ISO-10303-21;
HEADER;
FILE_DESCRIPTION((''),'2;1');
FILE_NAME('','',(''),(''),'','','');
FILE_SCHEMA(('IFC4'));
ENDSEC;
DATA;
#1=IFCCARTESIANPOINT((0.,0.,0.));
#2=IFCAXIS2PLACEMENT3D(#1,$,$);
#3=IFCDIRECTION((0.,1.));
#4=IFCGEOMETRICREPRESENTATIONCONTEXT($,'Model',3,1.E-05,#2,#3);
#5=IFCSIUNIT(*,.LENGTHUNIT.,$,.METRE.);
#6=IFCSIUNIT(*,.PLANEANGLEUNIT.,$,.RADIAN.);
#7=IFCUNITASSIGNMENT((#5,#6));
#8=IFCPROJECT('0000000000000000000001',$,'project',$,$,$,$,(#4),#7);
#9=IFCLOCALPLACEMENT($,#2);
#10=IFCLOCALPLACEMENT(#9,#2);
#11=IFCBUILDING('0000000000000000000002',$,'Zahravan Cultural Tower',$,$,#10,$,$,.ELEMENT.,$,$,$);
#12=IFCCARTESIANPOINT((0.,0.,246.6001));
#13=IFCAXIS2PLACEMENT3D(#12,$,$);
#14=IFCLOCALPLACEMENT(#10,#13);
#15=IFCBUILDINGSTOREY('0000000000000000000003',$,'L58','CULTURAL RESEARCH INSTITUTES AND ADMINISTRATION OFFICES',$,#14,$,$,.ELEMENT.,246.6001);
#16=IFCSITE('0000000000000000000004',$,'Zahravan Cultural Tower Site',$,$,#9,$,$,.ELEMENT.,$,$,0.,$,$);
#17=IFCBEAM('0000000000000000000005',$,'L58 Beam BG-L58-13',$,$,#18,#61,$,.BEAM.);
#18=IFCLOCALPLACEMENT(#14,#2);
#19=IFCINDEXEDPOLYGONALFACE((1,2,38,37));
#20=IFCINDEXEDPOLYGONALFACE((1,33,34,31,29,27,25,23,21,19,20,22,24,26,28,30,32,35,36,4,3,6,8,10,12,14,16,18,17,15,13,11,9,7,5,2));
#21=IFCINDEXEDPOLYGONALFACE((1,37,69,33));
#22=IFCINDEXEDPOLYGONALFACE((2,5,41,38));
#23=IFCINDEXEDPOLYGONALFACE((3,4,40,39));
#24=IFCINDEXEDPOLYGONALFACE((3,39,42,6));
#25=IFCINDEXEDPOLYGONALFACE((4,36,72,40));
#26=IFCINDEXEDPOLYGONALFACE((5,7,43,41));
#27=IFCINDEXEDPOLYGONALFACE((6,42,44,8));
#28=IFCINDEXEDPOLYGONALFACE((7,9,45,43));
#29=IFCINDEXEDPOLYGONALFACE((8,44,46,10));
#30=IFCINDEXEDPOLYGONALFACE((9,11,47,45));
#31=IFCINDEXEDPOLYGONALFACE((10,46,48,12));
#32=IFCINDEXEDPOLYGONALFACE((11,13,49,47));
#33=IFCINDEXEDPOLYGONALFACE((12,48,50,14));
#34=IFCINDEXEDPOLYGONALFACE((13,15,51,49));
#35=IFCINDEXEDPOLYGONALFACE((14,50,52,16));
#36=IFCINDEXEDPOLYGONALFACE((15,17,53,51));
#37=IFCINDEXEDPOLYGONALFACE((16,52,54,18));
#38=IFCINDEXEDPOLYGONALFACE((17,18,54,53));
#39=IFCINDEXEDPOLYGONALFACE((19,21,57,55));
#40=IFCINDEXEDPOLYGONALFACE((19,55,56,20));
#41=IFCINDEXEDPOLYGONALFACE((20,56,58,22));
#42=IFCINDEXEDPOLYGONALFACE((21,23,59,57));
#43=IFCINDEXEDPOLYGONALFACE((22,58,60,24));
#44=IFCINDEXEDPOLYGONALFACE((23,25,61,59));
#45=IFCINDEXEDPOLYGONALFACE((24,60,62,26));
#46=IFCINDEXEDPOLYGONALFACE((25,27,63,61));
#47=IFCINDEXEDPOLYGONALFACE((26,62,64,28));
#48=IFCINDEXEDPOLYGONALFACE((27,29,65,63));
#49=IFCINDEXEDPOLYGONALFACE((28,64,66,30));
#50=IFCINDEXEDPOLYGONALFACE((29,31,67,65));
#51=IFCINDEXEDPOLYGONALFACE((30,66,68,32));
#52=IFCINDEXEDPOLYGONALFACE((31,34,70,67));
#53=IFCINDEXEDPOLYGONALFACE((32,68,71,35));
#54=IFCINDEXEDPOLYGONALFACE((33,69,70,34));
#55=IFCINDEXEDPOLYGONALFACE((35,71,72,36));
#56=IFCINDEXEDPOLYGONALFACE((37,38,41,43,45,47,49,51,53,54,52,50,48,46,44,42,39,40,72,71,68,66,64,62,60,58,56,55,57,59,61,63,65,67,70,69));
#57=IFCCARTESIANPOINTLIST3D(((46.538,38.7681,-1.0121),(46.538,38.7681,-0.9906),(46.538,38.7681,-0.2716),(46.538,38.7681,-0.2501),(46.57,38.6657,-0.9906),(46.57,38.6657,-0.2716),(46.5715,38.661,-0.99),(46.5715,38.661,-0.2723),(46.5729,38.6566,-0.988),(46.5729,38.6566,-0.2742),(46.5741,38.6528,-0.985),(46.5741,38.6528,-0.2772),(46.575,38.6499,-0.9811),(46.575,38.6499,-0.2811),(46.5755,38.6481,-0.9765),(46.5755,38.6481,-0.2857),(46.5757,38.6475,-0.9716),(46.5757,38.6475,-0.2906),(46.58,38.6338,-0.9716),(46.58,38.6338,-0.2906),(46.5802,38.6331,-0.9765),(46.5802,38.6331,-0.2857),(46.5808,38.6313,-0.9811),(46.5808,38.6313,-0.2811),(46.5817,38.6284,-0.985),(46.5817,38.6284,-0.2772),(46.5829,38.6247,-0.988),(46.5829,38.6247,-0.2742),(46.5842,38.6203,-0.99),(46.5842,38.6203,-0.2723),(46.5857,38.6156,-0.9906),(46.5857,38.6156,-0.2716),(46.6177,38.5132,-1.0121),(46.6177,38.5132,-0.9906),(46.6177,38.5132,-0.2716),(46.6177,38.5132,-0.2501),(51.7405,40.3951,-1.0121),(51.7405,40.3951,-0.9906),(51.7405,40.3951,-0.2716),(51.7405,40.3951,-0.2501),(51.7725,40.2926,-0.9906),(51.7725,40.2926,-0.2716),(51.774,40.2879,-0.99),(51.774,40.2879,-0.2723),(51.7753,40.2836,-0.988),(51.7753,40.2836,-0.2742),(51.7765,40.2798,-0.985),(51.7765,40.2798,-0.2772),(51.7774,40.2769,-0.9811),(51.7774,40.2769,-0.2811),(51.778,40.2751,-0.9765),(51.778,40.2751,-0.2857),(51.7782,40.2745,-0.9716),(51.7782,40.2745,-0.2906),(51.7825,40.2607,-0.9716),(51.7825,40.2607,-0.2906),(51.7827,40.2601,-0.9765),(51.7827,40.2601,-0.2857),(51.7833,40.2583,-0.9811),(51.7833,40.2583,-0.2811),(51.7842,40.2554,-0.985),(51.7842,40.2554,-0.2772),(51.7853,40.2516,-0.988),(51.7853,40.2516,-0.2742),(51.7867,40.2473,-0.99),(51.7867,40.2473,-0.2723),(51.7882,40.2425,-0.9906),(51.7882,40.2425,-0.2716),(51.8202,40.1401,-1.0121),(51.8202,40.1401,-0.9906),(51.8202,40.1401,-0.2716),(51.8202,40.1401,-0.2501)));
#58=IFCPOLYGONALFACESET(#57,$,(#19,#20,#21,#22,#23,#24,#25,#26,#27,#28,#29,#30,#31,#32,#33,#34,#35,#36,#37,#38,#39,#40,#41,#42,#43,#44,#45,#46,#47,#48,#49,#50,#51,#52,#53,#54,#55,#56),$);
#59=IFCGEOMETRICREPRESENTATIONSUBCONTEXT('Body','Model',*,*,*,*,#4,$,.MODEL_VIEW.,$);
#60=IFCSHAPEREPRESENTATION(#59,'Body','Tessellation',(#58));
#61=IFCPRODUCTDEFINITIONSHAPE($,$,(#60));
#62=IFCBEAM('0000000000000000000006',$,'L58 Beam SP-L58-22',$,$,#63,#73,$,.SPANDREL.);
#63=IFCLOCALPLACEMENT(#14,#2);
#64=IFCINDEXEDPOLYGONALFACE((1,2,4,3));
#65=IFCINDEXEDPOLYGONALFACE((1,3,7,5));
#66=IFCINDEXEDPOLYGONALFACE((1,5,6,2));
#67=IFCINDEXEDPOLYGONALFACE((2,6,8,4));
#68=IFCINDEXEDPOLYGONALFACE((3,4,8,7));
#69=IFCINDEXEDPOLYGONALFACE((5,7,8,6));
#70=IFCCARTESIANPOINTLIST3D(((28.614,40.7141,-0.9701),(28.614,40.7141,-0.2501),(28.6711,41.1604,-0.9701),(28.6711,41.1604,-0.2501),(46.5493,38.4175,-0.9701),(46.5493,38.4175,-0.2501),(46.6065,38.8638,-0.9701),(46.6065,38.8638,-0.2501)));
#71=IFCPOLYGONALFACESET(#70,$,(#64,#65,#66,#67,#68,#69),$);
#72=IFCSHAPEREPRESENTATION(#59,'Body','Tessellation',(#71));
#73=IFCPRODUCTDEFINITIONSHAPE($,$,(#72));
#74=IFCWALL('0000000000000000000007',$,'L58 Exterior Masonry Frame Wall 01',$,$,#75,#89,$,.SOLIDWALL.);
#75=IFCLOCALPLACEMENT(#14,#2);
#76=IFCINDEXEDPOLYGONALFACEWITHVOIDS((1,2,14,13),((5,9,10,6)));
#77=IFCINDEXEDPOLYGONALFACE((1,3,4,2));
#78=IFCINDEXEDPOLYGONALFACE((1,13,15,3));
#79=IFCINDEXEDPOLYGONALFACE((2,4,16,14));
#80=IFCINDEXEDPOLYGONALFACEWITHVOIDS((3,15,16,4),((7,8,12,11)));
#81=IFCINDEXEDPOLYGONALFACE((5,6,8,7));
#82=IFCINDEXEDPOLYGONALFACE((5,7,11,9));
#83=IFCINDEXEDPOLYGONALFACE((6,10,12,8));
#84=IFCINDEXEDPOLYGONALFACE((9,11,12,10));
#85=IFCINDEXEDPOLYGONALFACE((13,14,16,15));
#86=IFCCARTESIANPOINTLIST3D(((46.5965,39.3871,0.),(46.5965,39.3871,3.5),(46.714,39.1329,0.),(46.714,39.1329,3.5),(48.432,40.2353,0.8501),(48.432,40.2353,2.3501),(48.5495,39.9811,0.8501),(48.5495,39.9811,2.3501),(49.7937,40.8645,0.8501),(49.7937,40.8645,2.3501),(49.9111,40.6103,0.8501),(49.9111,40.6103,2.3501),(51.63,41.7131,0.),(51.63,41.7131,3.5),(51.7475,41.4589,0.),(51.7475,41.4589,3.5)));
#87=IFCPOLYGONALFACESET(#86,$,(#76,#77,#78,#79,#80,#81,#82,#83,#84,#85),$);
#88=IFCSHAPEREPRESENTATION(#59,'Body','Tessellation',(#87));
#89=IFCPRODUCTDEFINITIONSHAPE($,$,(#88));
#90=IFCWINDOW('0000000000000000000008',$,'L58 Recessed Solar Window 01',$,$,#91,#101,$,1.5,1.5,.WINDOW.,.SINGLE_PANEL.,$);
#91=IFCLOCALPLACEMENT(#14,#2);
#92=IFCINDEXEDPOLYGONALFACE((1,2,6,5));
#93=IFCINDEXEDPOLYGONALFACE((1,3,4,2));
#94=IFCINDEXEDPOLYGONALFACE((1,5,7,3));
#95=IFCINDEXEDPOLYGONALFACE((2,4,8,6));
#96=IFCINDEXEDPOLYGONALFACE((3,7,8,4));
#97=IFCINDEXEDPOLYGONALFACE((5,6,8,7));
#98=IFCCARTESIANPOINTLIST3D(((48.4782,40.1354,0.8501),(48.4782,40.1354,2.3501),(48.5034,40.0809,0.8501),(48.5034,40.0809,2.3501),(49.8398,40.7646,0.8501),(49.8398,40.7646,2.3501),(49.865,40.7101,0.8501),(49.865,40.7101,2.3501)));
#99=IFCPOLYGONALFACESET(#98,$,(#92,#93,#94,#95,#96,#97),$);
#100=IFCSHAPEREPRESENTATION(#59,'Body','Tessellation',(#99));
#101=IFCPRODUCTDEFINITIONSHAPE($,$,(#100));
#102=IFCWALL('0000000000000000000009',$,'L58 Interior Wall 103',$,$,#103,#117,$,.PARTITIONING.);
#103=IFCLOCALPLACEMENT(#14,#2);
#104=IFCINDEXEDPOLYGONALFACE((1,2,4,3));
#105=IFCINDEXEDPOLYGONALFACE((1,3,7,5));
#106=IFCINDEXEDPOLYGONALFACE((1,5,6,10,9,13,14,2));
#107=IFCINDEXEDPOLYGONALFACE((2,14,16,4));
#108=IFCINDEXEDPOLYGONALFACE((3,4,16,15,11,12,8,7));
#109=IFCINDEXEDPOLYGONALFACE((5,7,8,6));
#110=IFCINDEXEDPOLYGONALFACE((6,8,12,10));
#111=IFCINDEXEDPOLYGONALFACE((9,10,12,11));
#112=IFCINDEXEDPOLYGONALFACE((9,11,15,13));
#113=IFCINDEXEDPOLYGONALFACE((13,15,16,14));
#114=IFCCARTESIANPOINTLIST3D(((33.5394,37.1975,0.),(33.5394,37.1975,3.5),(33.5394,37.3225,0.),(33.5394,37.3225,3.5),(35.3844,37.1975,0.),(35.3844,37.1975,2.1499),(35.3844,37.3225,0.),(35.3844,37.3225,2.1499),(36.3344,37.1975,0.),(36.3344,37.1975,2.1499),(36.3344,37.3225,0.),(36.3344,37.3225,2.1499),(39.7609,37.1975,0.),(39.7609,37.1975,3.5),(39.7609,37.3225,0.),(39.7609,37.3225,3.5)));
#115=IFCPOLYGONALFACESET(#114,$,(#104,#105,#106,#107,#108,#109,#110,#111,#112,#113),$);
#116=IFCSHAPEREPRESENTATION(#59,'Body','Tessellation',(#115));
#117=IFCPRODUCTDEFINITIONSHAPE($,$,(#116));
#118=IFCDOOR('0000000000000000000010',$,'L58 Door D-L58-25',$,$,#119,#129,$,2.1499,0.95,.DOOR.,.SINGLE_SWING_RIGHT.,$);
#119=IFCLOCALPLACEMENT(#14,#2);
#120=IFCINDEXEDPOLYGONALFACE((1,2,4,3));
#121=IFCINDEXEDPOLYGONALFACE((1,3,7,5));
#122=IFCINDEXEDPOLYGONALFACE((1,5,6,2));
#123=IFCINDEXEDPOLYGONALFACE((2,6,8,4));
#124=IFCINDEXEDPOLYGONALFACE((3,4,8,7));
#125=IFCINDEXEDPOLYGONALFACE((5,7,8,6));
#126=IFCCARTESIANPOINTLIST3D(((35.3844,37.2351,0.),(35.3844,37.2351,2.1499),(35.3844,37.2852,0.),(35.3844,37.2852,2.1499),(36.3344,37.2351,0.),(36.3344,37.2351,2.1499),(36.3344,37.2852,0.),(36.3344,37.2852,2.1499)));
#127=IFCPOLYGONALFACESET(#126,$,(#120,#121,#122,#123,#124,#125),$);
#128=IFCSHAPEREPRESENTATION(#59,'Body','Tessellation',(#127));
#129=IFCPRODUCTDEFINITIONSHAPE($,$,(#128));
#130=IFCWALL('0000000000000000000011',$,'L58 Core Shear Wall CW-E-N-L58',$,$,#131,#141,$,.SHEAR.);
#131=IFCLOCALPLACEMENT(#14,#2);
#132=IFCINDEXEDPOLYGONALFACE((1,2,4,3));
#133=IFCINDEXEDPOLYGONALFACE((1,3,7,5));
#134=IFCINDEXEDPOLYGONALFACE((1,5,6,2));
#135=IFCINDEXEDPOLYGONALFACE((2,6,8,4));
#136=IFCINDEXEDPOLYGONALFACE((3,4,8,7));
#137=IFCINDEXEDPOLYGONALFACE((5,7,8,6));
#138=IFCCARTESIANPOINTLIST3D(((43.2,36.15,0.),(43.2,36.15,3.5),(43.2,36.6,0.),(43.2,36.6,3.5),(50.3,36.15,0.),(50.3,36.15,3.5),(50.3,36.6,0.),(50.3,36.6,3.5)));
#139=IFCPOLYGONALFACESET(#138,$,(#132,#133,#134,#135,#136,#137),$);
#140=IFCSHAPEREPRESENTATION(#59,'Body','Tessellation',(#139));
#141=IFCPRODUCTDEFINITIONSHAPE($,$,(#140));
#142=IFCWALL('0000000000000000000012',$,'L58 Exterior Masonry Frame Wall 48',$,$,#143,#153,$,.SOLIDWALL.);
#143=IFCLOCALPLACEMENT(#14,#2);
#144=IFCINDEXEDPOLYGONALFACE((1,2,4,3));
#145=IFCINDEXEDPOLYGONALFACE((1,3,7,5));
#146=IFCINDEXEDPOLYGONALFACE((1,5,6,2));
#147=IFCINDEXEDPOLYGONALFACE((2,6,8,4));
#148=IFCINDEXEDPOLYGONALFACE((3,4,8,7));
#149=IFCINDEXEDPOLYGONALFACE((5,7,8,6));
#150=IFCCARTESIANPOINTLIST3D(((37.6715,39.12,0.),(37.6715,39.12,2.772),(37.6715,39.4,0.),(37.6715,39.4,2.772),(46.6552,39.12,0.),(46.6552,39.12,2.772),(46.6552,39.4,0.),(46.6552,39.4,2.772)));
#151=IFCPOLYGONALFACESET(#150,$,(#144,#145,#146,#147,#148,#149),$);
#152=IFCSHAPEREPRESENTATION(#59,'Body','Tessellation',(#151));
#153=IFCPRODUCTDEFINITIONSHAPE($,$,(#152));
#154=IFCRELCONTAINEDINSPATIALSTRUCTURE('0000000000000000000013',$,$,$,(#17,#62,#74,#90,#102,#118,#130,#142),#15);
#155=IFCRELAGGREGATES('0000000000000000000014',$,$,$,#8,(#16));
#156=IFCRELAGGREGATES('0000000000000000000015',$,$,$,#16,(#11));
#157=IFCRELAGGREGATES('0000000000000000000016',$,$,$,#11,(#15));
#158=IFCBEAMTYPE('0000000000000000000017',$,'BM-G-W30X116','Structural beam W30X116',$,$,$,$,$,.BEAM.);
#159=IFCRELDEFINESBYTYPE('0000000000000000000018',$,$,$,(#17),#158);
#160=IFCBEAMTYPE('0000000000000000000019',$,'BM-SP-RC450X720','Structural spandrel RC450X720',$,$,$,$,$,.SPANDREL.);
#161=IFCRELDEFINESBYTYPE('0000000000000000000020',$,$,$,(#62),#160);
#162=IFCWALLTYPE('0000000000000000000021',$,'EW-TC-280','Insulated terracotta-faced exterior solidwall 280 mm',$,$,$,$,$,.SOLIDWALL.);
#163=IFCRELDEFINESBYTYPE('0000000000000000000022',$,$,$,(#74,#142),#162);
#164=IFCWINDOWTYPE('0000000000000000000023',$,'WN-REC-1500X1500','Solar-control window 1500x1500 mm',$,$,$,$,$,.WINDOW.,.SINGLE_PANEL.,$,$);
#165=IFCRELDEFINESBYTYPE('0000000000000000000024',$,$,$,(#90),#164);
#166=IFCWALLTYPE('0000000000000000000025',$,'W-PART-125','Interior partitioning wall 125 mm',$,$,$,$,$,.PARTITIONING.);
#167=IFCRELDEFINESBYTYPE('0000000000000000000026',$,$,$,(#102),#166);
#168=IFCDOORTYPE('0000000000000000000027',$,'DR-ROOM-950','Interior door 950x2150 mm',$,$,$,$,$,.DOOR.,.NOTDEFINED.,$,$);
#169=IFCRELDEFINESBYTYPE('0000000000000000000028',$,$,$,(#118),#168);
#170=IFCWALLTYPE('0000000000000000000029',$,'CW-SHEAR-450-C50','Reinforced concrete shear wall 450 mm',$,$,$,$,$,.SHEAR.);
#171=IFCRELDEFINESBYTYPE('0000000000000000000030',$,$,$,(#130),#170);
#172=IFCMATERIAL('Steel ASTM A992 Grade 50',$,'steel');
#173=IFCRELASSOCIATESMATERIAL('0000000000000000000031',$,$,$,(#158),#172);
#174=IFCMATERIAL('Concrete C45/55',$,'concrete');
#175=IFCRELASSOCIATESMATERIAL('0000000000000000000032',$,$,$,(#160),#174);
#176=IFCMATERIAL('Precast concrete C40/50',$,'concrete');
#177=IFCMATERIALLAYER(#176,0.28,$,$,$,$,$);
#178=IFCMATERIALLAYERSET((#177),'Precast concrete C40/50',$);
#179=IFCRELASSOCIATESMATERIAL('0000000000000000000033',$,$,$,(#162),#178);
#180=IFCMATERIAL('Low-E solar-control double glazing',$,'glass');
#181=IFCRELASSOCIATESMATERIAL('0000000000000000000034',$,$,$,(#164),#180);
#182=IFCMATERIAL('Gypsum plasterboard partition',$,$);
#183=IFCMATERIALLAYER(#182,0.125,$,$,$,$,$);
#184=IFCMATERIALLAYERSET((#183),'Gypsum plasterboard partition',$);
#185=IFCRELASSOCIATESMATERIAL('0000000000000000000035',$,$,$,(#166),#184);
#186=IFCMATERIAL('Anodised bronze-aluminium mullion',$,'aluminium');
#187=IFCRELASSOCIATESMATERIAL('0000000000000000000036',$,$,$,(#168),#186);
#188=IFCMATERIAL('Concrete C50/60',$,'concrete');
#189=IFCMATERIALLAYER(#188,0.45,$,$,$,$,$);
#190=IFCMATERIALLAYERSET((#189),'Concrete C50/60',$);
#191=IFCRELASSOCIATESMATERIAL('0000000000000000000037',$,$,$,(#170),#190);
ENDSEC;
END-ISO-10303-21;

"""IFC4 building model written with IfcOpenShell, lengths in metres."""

from ifc_helpers import new_model, si_unit, direction, frame, frame_2d, origin, origin_2d, place, context, subcontext, project, spatial, rectangle, i_section, extrude, source, transform, mapped, material, layer, layer_set, material_profile, profile_set, type_object, element, fill, save


model = new_model("IFC4")

# Units and contexts
model_context = context("Model", 3, precision=1e-05, world=origin(), true_north=direction((0.0, 1.0)))
body_context = subcontext(model_context, "Body", "Model", "MODEL_VIEW")
ifc_project = project(units=[si_unit("LENGTHUNIT", "METRE"), si_unit("PLANEANGLEUNIT", "RADIAN")], contexts=[model_context])

# Site, building, storey
site_placement = place(None, origin())
site = spatial("IfcSite", under=ifc_project, at=site_placement, Name="Zahravan Cultural Tower Site", CompositionType="ELEMENT", RefElevation=0.0)
building_placement = place(site_placement, origin())
building = spatial("IfcBuilding", under=site, at=building_placement, Name="Zahravan Cultural Tower", CompositionType="ELEMENT")
storey_placement = place(building_placement, frame((0.0, 0.0, 246.6001)))
storey = spatial("IfcBuildingStorey", under=building, at=storey_placement, Name="L58", Description="CULTURAL RESEARCH INSTITUTES AND ADMINISTRATION OFFICES", CompositionType="ELEMENT", Elevation=246.6001)

# Shared definitions
ifc_material_1 = material(Name="Concrete C50/60", Category="concrete")
ifc_material_2 = material(Name="Steel ASTM A992 Grade 50", Category="steel")

# Beams
ifc_material_profile_1 = material_profile(ifc_material_2, i_section(OverallWidth=0.2671, OverallDepth=0.762, WebThickness=0.0144, FlangeThickness=0.0215, FilletRadius=0.019, at=origin_2d()), Name="W30X116")
ifc_profile_set_1 = profile_set([ifc_material_profile_1], Name="Steel ASTM A992 Grade 50")
beam_type_1 = type_object("IfcBeamType", Name="BM-G-W30X116", Description="Structural beam W30X116", PredefinedType="BEAM", material=ifc_profile_set_1)
shared_shape_1 = source(origin(), body_context, "Body", "SweptSolid", [
    extrude(i_section(OverallWidth=0.2671, OverallDepth=0.762, WebThickness=0.0144, FlangeThickness=0.0215, FilletRadius=0.019, at=origin_2d()), origin(), (0.0, 0.0, 1.0), 5.4509),
])
beam_1_placement = place(storey_placement, frame((46.5779, 38.6406, -0.6311), z_axis=(0.954417, 0.298476, 0.0), x_axis=(-0.298476, 0.954417, 0.0)))
element("IfcBeam", 1, at=beam_1_placement, inside=storey, type_object=beam_type_1, Name="L58 Beam BG-L58-13", PredefinedType="BEAM", context=body_context, shape_type="MappedRepresentation", body=[
    mapped(shared_shape_1, transform((0.0, 0.0, 0.0), x_axis=(1.0, 0.0, 0.0), y_axis=(0.0, 1.0, 0.0), z_axis=(0.0, 0.0, 1.0), scale=1.0)),
])
ifc_material_3 = material(Name="Concrete C45/55", Category="concrete")
ifc_material_profile_2 = material_profile(ifc_material_3, rectangle(XDim=0.45, YDim=0.72, at=origin_2d()), Name="RC450X720")
ifc_profile_set_2 = profile_set([ifc_material_profile_2], Name="Concrete C45/55")
beam_type_2 = type_object("IfcBeamType", Name="BM-SP-RC450X720", Description="Structural spandrel RC450X720", PredefinedType="SPANDREL", material=ifc_profile_set_2)
shared_shape_2 = source(origin(), body_context, "Body", "SweptSolid", [
    extrude(rectangle(XDim=0.45, YDim=0.72, at=origin_2d()), origin(), (0.0, 0.0, 1.0), 18.0818),
])
beam_2_placement = place(storey_placement, frame((46.5779, 38.6406, -0.6101), z_axis=(-0.991901, 0.127014, 0.0), x_axis=(-0.127014, -0.991901, 0.0)))
element("IfcBeam", 2, at=beam_2_placement, inside=storey, type_object=beam_type_2, Name="L58 Beam SP-L58-22", PredefinedType="SPANDREL", context=body_context, shape_type="MappedRepresentation", body=[
    mapped(shared_shape_2, transform((0.0, 0.0, 0.0), x_axis=(1.0, 0.0, 0.0), y_axis=(0.0, 1.0, 0.0), z_axis=(0.0, 0.0, 1.0), scale=1.0)),
])

# Wall, opening, window
ifc_material_4 = material(Name="Precast concrete C40/50", Category="concrete")
ifc_layer_1 = layer(ifc_material_4, 0.28)
ifc_layer_set_1 = layer_set([ifc_layer_1], Name="Precast concrete C40/50")
wall_type_1 = type_object("IfcWallType", Name="EW-TC-280", Description="Insulated terracotta-faced exterior solidwall 280 mm", PredefinedType="SOLIDWALL", material=ifc_layer_set_1)
wall_1_placement = place(storey_placement, frame((46.6553, 39.26, 0.0), z_axis=(0.0, 0.0, 1.0), x_axis=(0.907767, 0.419474, 0.0)))
wall_1 = element("IfcWall", 3, at=wall_1_placement, inside=storey, type_object=wall_type_1, Name="L58 Exterior Masonry Frame Wall 01", PredefinedType="SOLIDWALL", context=body_context, shape_type="SweptSolid", body=[
    extrude(rectangle(XDim=5.5449, YDim=0.28, at=frame_2d((2.7725, 0.0))), origin(), (0.0, 0.0, 1.0), 3.5),
])
opening_1_placement = place(wall_1_placement, frame((2.022, 0.0, 0.8501)))
opening_1 = element("IfcOpeningElement", 4, at=opening_1_placement, cuts=wall_1, PredefinedType="OPENING", context=body_context, shape_type="SweptSolid", body=[
    extrude(rectangle(XDim=1.5, YDim=1.5, at=frame_2d((0.75, 0.75))), frame((0.0, 0.1499, 0.0), z_axis=(0.0, -1.0, 0.0), x_axis=(1.0, 0.0, 0.0)), (0.0, 0.0, 1.0), 0.3),
])
ifc_material_5 = material(Name="Low-E solar-control double glazing", Category="glass")
window_type = type_object("IfcWindowType", Name="WN-REC-1500X1500", Description="Solar-control window 1500x1500 mm", PartitioningType="SINGLE_PANEL", PredefinedType="WINDOW", material=ifc_material_5)
shared_shape_3 = source(origin(), body_context, "Body", "SweptSolid", [
    extrude(rectangle(XDim=1.5, YDim=1.5, at=frame_2d((0.75, 0.75))), frame((0.0, 0.03, 0.0), z_axis=(0.0, -1.0, 0.0), x_axis=(1.0, 0.0, 0.0)), (0.0, 0.0, 1.0), 0.0601),
])
window_placement = place(opening_1_placement, origin())
window = element("IfcWindow", 5, at=window_placement, inside=storey, type_object=window_type, Name="L58 Recessed Solar Window 01", OverallHeight=1.5, OverallWidth=1.5, PartitioningType="SINGLE_PANEL", PredefinedType="WINDOW", context=body_context, shape_type="MappedRepresentation", body=[
    mapped(shared_shape_3, transform((0.0, 0.0, 0.0), x_axis=(1.0, 0.0, 0.0), y_axis=(0.0, 1.0, 0.0), z_axis=(0.0, 0.0, 1.0), scale=1.0)),
])
fill(opening_1, window)

# Wall, opening, door
ifc_material_6 = material(Name="Gypsum plasterboard partition")
ifc_layer_2 = layer(ifc_material_6, 0.125)
ifc_layer_set_2 = layer_set([ifc_layer_2], Name="Gypsum plasterboard partition")
wall_type_2 = type_object("IfcWallType", Name="W-PART-125", Description="Interior partitioning wall 125 mm", PredefinedType="PARTITIONING", material=ifc_layer_set_2)
ifc_material_7 = material(Name="Anodised bronze-aluminium mullion", Category="aluminium")
door_type_1 = type_object("IfcDoorType", Name="DR-ROOM-950", Description="Interior door 950x2150 mm", OperationType="NOTDEFINED", PredefinedType="DOOR", material=ifc_material_7)
shared_shape_4 = source(origin(), body_context, "Body", "SweptSolid", [
    extrude(rectangle(XDim=0.95, YDim=2.1499, at=frame_2d((0.4751, 1.075))), frame((0.0, 0.0249, 0.0), z_axis=(0.0, -1.0, 0.0), x_axis=(1.0, 0.0, 0.0)), (0.0, 0.0, 1.0), 0.05),
])
wall_2_placement = place(storey_placement, frame((39.761, 37.26, 0.0), z_axis=(0.0, 0.0, 1.0), x_axis=(-1.0, 0.0, 0.0)))
wall_2 = element("IfcWall", 6, at=wall_2_placement, inside=storey, type_object=wall_type_2, Name="L58 Interior Wall 103", PredefinedType="PARTITIONING", context=body_context, shape_type="SweptSolid", body=[
    extrude(rectangle(XDim=6.2214, YDim=0.125, at=frame_2d((3.1108, 0.0))), origin(), (0.0, 0.0, 1.0), 3.5),
])
opening_2_placement = place(wall_2_placement, frame((3.4265, 0.0, 0.0)))
opening_2 = element("IfcOpeningElement", 7, at=opening_2_placement, cuts=wall_2, PredefinedType="OPENING", context=body_context, shape_type="SweptSolid", body=[
    extrude(rectangle(XDim=0.95, YDim=2.1499, at=frame_2d((0.4751, 1.075))), frame((0.0, 0.0725, 0.0), z_axis=(0.0, -1.0, 0.0), x_axis=(1.0, 0.0, 0.0)), (0.0, 0.0, 1.0), 0.145),
])
door_1_placement = place(opening_2_placement, origin())
door_1 = element("IfcDoor", 8, at=door_1_placement, inside=storey, type_object=door_type_1, Name="L58 Door D-L58-25", OperationType="SINGLE_SWING_RIGHT", OverallHeight=2.1499, OverallWidth=0.95, PredefinedType="DOOR", context=body_context, shape_type="MappedRepresentation", body=[
    mapped(shared_shape_4, transform((0.0, 0.0, 0.0), x_axis=(1.0, 0.0, 0.0), y_axis=(0.0, 1.0, 0.0), z_axis=(0.0, 0.0, 1.0), scale=1.0)),
])
fill(opening_2, door_1)

# Walls
ifc_layer_3 = layer(ifc_material_1, 0.45)
ifc_layer_set_3 = layer_set([ifc_layer_3], Name="Concrete C50/60")
wall_type_3 = type_object("IfcWallType", Name="CW-SHEAR-450-C50", Description="Reinforced concrete shear wall 450 mm", PredefinedType="SHEAR", material=ifc_layer_set_3)
shared_shape_5 = source(origin(), body_context, "Body", "SweptSolid", [
    extrude(rectangle(XDim=7.1001, YDim=0.45, at=frame_2d((3.55, 0.0))), origin(), (0.0, 0.0, 1.0), 3.5),
])
wall_3_placement = place(storey_placement, frame((43.2, 36.375, 0.0), z_axis=(0.0, 0.0, 1.0), x_axis=(1.0, 0.0, 0.0)))
element("IfcWall", 9, at=wall_3_placement, inside=storey, type_object=wall_type_3, Name="L58 Core Shear Wall CW-E-N-L58", PredefinedType="SHEAR", context=body_context, shape_type="MappedRepresentation", body=[
    mapped(shared_shape_5, transform((0.0, 0.0, 0.0), x_axis=(1.0, 0.0, 0.0), y_axis=(0.0, 1.0, 0.0), z_axis=(0.0, 0.0, 1.0), scale=1.0)),
])
shared_shape_6 = source(origin(), body_context, "Body", "SweptSolid", [
    extrude(rectangle(XDim=8.9836, YDim=0.28, at=frame_2d((4.4917, 0.0))), origin(), (0.0, 0.0, 1.0), 2.772),
])
wall_4_placement = place(storey_placement, frame((37.6716, 39.26, 0.0), z_axis=(0.0, 0.0, 1.0), x_axis=(1.0, 0.0, 0.0)))
element("IfcWall", 10, at=wall_4_placement, inside=storey, type_object=wall_type_1, Name="L58 Exterior Masonry Frame Wall 48", PredefinedType="SOLIDWALL", context=body_context, shape_type="MappedRepresentation", body=[
    mapped(shared_shape_6, transform((0.0, 0.0, 0.0), x_axis=(1.0, 0.0, 0.0), y_axis=(0.0, 1.0, 0.0), z_axis=(0.0, 0.0, 1.0), scale=1.0)),
])

save(model, "model.ifc")
